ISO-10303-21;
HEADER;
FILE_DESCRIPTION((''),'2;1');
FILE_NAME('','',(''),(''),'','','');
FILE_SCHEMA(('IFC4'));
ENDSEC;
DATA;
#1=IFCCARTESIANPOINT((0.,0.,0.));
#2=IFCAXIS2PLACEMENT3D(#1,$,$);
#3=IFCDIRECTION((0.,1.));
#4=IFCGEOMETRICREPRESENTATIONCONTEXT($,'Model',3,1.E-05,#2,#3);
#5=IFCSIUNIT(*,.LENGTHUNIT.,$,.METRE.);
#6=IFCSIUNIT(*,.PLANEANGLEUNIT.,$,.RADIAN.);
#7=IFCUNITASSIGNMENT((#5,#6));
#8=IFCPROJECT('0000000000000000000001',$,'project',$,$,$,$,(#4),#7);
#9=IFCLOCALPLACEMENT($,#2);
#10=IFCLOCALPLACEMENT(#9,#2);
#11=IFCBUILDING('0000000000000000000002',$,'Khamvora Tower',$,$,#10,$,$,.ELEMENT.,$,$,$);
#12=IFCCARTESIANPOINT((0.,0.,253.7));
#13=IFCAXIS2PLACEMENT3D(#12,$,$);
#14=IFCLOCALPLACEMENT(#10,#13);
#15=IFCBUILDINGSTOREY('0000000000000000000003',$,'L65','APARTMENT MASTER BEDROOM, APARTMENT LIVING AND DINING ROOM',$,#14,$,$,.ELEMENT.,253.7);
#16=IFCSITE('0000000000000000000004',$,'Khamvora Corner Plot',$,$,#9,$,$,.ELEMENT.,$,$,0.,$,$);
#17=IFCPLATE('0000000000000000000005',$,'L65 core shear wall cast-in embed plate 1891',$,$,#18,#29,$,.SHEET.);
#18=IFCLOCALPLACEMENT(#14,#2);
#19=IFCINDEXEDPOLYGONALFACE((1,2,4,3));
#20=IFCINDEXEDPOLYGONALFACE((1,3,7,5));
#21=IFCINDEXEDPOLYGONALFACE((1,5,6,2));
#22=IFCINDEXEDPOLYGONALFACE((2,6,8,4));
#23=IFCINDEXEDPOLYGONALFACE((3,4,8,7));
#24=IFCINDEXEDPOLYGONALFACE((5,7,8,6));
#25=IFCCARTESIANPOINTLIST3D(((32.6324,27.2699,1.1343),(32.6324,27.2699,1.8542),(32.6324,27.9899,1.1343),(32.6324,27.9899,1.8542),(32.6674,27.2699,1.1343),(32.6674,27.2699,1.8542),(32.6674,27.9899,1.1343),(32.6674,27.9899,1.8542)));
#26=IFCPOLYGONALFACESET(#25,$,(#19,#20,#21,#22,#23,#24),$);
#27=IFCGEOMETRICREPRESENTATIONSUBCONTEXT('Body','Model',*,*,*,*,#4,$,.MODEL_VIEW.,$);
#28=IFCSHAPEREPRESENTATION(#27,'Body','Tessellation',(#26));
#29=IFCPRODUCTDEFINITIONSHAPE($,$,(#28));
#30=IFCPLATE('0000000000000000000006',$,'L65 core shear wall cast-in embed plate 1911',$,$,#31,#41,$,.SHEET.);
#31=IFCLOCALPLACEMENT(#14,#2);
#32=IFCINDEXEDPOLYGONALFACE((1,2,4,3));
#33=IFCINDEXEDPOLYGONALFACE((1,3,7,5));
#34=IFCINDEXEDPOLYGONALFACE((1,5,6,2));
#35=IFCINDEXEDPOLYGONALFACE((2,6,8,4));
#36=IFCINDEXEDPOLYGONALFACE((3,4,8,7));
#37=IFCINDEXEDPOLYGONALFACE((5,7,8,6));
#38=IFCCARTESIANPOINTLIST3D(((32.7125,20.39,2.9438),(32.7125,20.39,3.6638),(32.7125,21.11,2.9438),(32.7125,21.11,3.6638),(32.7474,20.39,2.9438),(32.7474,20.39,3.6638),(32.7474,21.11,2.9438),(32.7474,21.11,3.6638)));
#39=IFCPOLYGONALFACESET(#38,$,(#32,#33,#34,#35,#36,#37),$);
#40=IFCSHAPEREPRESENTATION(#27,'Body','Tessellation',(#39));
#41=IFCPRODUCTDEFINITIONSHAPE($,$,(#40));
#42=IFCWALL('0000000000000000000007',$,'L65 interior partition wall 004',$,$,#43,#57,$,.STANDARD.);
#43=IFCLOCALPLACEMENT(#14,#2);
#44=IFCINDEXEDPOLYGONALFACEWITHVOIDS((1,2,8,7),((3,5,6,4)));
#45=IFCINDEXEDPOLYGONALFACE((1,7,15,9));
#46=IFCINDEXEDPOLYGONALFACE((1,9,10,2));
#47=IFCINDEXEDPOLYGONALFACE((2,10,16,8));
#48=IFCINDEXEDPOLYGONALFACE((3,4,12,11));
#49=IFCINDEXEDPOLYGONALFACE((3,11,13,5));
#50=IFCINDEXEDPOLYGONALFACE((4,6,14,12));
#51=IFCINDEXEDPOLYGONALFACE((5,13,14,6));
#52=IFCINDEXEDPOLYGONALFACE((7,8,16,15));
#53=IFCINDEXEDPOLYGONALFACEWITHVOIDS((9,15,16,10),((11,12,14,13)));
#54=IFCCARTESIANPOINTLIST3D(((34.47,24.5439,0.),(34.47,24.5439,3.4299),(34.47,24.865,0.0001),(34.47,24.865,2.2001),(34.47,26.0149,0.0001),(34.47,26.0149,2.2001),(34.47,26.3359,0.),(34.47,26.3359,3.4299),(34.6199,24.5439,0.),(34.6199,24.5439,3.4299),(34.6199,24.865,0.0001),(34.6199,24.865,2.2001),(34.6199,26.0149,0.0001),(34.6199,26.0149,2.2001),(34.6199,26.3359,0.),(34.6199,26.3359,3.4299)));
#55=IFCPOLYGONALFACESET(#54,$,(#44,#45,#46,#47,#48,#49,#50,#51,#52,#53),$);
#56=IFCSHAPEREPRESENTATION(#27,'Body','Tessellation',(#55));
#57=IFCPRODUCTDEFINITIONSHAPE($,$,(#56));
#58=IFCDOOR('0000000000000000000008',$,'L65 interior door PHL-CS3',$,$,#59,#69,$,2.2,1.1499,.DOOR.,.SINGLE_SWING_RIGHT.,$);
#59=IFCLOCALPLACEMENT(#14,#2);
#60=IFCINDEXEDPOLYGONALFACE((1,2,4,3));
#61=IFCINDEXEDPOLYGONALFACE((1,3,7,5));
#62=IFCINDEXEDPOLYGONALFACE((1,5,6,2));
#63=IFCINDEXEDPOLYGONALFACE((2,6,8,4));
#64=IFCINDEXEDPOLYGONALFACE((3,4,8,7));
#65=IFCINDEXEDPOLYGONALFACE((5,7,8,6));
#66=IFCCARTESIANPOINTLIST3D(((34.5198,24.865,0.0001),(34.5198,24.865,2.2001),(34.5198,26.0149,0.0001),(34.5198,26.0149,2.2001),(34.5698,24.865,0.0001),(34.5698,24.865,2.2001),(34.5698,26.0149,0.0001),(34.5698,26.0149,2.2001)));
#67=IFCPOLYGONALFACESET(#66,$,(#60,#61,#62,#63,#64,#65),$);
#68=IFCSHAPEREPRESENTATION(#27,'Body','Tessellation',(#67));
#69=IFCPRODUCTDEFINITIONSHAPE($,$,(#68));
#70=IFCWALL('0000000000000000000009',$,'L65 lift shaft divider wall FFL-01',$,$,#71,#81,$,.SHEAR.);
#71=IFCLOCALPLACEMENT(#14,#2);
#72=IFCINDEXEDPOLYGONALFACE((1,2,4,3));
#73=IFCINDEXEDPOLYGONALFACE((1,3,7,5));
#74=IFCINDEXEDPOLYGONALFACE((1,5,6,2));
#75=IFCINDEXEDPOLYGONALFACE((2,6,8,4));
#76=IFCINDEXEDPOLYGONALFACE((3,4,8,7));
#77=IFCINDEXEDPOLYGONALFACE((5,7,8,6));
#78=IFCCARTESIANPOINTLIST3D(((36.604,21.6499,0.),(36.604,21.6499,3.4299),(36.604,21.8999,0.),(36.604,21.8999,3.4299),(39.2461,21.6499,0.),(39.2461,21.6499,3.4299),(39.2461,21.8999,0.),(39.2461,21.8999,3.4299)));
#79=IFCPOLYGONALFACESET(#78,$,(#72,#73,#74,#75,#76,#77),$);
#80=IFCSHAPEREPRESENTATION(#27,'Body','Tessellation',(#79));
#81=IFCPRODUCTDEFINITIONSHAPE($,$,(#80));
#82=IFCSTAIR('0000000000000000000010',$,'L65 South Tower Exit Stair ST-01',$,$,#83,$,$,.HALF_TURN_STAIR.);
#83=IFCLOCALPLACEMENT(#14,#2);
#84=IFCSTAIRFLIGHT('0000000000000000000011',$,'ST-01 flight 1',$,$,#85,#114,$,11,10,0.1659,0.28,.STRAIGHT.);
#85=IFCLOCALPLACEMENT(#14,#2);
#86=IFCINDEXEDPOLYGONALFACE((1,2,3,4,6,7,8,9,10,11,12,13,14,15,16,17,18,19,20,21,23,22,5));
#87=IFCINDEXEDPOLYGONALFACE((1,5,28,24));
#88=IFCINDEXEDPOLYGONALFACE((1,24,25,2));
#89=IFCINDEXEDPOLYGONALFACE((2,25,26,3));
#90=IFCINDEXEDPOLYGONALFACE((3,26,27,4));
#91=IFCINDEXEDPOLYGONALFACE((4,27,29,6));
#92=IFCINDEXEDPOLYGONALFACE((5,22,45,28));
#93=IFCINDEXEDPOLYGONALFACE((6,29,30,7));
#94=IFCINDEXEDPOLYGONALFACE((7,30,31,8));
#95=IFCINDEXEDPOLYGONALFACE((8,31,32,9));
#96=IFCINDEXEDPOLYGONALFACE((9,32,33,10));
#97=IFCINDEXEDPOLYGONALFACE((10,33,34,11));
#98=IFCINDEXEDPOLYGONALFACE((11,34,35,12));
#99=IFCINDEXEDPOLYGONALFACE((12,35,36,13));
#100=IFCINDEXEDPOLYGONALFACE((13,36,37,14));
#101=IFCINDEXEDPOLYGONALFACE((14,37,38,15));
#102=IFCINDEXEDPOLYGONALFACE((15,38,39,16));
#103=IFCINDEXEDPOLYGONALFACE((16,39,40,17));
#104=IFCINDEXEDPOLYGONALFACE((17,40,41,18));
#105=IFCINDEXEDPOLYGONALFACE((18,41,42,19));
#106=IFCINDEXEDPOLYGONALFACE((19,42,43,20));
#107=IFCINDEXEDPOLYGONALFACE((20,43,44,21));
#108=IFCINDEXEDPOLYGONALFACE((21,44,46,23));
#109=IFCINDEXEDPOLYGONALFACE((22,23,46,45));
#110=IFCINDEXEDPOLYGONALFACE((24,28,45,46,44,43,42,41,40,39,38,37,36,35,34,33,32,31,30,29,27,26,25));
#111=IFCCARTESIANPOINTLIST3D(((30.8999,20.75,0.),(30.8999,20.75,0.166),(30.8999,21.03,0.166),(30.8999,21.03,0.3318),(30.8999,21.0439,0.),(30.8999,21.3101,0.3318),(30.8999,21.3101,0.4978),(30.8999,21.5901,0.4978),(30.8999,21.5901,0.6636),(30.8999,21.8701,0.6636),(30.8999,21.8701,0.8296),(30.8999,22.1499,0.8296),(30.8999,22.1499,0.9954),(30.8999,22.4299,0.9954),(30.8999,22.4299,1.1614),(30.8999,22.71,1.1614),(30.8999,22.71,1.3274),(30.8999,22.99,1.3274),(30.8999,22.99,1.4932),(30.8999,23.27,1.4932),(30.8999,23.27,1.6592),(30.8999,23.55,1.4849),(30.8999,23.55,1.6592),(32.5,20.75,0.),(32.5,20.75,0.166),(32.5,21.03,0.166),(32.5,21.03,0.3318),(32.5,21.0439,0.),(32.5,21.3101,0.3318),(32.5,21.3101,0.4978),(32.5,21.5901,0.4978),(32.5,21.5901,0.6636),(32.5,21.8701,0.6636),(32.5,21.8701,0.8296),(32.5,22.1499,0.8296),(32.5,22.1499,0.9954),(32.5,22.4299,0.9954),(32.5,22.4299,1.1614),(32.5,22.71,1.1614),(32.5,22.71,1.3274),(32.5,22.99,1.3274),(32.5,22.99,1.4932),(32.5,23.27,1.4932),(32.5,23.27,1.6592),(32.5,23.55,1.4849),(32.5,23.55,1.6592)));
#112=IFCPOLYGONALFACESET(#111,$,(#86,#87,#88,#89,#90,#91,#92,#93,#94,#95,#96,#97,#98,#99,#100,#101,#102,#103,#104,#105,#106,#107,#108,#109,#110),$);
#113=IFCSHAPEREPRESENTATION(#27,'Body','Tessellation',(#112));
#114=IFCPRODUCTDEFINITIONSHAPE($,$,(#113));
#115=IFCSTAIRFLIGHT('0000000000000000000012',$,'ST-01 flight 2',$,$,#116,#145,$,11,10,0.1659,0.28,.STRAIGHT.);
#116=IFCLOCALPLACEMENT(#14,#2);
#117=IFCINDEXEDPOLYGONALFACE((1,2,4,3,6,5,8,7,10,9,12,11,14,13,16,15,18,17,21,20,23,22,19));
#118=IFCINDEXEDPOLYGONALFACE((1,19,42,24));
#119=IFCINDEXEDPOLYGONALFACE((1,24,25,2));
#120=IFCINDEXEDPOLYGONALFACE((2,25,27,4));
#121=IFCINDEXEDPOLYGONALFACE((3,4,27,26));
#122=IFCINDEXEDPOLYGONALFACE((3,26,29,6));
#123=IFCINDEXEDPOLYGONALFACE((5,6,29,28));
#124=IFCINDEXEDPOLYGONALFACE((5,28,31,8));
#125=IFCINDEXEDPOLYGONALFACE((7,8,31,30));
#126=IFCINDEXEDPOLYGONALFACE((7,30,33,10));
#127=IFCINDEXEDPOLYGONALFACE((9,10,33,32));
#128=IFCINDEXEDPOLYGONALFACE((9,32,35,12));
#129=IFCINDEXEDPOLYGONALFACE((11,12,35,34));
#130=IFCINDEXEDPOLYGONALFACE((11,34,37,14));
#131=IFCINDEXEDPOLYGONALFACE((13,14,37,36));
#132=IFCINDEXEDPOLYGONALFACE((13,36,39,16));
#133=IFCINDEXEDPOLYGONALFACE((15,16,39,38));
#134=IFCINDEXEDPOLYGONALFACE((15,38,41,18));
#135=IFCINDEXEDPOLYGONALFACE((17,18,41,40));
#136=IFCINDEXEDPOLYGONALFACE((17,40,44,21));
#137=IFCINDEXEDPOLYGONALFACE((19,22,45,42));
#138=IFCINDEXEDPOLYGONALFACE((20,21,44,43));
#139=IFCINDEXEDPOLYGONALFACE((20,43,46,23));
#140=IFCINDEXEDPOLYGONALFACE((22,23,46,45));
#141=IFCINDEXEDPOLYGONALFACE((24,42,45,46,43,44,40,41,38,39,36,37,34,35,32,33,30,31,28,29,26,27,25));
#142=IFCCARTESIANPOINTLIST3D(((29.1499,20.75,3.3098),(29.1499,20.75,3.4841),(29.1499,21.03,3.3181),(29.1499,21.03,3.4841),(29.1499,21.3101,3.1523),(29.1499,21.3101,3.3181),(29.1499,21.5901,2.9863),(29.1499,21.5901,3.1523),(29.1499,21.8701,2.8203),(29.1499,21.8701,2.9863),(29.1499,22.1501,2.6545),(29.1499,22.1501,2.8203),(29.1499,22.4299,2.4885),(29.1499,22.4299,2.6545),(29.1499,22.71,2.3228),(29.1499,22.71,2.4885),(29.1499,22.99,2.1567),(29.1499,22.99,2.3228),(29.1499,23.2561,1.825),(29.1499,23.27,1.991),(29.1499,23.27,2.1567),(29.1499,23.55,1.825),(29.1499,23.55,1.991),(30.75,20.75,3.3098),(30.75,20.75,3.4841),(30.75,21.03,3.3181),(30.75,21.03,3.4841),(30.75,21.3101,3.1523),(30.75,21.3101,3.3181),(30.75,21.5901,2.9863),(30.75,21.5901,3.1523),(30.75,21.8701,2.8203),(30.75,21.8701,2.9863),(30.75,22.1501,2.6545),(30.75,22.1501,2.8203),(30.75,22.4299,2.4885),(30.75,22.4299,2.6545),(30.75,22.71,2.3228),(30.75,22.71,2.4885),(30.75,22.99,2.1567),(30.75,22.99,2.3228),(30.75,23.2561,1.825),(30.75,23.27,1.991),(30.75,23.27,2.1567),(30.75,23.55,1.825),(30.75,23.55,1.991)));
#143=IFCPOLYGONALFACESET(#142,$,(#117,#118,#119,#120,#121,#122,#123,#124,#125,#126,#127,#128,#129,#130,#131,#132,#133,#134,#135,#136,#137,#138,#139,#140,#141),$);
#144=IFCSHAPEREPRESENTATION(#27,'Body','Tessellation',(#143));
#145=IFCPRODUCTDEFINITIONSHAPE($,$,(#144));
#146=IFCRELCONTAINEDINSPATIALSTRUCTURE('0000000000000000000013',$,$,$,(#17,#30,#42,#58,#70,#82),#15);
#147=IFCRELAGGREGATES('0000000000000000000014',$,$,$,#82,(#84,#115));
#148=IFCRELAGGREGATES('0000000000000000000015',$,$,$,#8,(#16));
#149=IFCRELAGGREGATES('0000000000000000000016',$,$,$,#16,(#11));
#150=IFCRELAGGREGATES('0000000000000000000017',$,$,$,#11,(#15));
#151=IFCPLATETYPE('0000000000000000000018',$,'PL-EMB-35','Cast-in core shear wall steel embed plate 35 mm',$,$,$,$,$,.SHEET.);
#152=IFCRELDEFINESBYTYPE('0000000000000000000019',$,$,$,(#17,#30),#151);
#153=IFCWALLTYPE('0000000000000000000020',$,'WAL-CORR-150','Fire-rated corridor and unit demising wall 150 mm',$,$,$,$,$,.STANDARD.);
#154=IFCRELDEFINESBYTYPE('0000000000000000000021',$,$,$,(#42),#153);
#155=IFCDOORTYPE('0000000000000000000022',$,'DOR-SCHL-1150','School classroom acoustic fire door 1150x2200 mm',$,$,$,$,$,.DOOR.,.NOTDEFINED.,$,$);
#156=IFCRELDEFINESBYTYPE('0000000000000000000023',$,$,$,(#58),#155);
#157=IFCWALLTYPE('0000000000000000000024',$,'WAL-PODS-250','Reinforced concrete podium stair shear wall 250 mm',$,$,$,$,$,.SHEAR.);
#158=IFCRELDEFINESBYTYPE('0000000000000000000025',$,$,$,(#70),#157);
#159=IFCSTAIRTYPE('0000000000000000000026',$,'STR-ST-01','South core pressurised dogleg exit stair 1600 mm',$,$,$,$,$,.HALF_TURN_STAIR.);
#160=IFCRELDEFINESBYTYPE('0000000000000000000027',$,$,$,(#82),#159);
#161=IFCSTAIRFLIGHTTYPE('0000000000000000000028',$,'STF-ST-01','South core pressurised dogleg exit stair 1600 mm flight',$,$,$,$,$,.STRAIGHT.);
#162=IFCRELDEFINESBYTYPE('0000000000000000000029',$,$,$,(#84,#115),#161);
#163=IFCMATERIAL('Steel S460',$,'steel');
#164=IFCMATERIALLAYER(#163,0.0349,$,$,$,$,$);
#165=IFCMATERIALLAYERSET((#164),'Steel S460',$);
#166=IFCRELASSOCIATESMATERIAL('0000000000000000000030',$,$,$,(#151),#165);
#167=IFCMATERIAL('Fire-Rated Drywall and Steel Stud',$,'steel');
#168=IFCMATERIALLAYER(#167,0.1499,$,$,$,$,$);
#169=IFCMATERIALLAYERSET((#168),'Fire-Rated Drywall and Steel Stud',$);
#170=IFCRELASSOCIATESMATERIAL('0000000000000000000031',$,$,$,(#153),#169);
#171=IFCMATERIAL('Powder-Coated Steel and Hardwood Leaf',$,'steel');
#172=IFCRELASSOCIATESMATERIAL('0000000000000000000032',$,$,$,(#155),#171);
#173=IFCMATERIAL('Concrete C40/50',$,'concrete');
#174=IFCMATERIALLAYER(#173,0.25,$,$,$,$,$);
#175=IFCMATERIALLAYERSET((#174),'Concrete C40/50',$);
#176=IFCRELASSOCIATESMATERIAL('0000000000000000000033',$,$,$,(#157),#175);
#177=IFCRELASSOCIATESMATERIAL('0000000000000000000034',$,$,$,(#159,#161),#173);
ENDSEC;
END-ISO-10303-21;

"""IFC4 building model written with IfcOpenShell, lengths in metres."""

from ifc_helpers import new_model, si_unit, direction, frame, frame_2d, origin, origin_2d, place, context, subcontext, project, spatial, polyline, rectangle, outline, extrude, material, layer, layer_set, type_object, element, fill, aggregate, save


model = new_model("IFC4")

# Units and contexts
model_context = context("Model", 3, precision=1e-05, world=origin(), true_north=direction((0.0, 1.0)))
body_context = subcontext(model_context, "Body", "Model", "MODEL_VIEW")
ifc_project = project(units=[si_unit("LENGTHUNIT", "METRE"), si_unit("PLANEANGLEUNIT", "RADIAN")], contexts=[model_context])

# Site, building, storey
site_placement = place(None, origin())
site = spatial("IfcSite", under=ifc_project, at=site_placement, Name="Khamvora Corner Plot", CompositionType="ELEMENT", RefElevation=0.0)
building_placement = place(site_placement, origin())
building = spatial("IfcBuilding", under=site, at=building_placement, Name="Khamvora Tower", CompositionType="ELEMENT")
storey_placement = place(building_placement, frame((0.0, 0.0, 253.7)))
storey = spatial("IfcBuildingStorey", under=building, at=storey_placement, Name="L65", Description="APARTMENT MASTER BEDROOM, APARTMENT LIVING AND DINING ROOM", CompositionType="ELEMENT", Elevation=253.7)

# Plates
ifc_material_1 = material(Name="Steel S460", Category="steel")
ifc_layer_1 = layer(ifc_material_1, 0.0349)
ifc_layer_set_1 = layer_set([ifc_layer_1], Name="Steel S460")
plate_type = type_object("IfcPlateType", Name="PL-EMB-35", Description="Cast-in core shear wall steel embed plate 35 mm", PredefinedType="SHEET", material=ifc_layer_set_1)
for number, where, z_axis, x_axis, name in (
    (1, (32.6499, 27.6299, 1.1343), (0.0, 0.0, 1.0), (1.0, 0.0, 0.0), "L65 core shear wall cast-in embed plate 1891"),
    (2, (32.73, 20.75, 2.9438), (0.0, 0.0, 1.0), (1.0, 0.0, 0.0), "L65 core shear wall cast-in embed plate 1911"),
):
    element("IfcPlate", number, at=place(storey_placement, frame(where, z_axis=z_axis, x_axis=x_axis)), inside=storey, type_object=plate_type, Name=name, PredefinedType="SHEET", context=body_context, shape_type="SweptSolid", body=[
        extrude(rectangle(XDim=0.0349, YDim=0.72, at=origin_2d()), origin(), (0.0, 0.0, 1.0), 0.72),
    ])

# Wall, opening, door
ifc_material_2 = material(Name="Powder-Coated Steel and Hardwood Leaf", Category="steel")
ifc_material_3 = material(Name="Fire-Rated Drywall and Steel Stud", Category="steel")
ifc_layer_2 = layer(ifc_material_3, 0.1499)
ifc_layer_set_2 = layer_set([ifc_layer_2], Name="Fire-Rated Drywall and Steel Stud")
wall_type_1 = type_object("IfcWallType", Name="WAL-CORR-150", Description="Fire-rated corridor and unit demising wall 150 mm", PredefinedType="STANDARD", material=ifc_layer_set_2)
wall_1_placement = place(storey_placement, frame((34.5449, 26.3359, 0.0), z_axis=(0.0, 0.0, 1.0), x_axis=(0.0, -1.0, 0.0)))
wall_1 = element("IfcWall", 3, at=wall_1_placement, inside=storey, type_object=wall_type_1, Name="L65 interior partition wall 004", PredefinedType="STANDARD", context=body_context, shape_type="SweptSolid", body=[
    extrude(rectangle(XDim=1.792, YDim=0.1499, at=frame_2d((0.896, 0.0))), origin(), (0.0, 0.0, 1.0), 3.4299),
])
opening_1_placement = place(wall_1_placement, frame((0.321, 0.0, 0.0)))
opening_1 = element("IfcOpeningElement", 4, at=opening_1_placement, cuts=wall_1, PredefinedType="OPENING", context=body_context, shape_type="SweptSolid", body=[
    extrude(rectangle(XDim=1.1499, YDim=2.2, at=frame_2d((0.575, 1.1001))), frame((0.0, 0.085, 0.0), z_axis=(0.0, -1.0, 0.0), x_axis=(1.0, 0.0, 0.0)), (0.0, 0.0, 1.0), 0.1699),
])
door_type_1 = type_object("IfcDoorType", Name="DOR-SCHL-1150", Description="School classroom acoustic fire door 1150x2200 mm", OperationType="NOTDEFINED", PredefinedType="DOOR", material=ifc_material_2)
door_1_placement = place(opening_1_placement, origin())
door_1 = element("IfcDoor", 5, at=door_1_placement, inside=storey, type_object=door_type_1, Name="L65 interior door PHL-CS3", OperationType="SINGLE_SWING_RIGHT", OverallHeight=2.2, OverallWidth=1.1499, PredefinedType="DOOR", context=body_context, shape_type="SweptSolid", body=[
    extrude(rectangle(XDim=1.1499, YDim=2.2, at=frame_2d((0.575, 1.1001))), frame((0.0, 0.0249, 0.0), z_axis=(0.0, -1.0, 0.0), x_axis=(1.0, 0.0, 0.0)), (0.0, 0.0, 1.0), 0.05),
])
fill(opening_1, door_1)

# Wall
ifc_material_4 = material(Name="Concrete C40/50", Category="concrete")
ifc_layer_3 = layer(ifc_material_4, 0.25)
ifc_layer_set_3 = layer_set([ifc_layer_3], Name="Concrete C40/50")
wall_type_2 = type_object("IfcWallType", Name="WAL-PODS-250", Description="Reinforced concrete podium stair shear wall 250 mm", PredefinedType="SHEAR", material=ifc_layer_set_3)
wall_2_placement = place(storey_placement, frame((36.604, 21.7749, 0.0), z_axis=(0.0, 0.0, 1.0), x_axis=(1.0, 0.0, 0.0)))
element("IfcWall", 6, at=wall_2_placement, inside=storey, type_object=wall_type_2, Name="L65 lift shaft divider wall FFL-01", PredefinedType="SHEAR", context=body_context, shape_type="SweptSolid", body=[
    extrude(rectangle(XDim=2.6421, YDim=0.25, at=frame_2d((1.321, 0.0))), origin(), (0.0, 0.0, 1.0), 3.4299),
])

# Stair, stair flights
stair_type = type_object("IfcStairType", Name="STR-ST-01", Description="South core pressurised dogleg exit stair 1600 mm", PredefinedType="HALF_TURN_STAIR", material=ifc_material_4)
stair_placement = place(storey_placement, origin())
stair = element("IfcStair", 7, at=stair_placement, inside=storey, type_object=stair_type, Name="L65 South Tower Exit Stair ST-01", PredefinedType="HALF_TURN_STAIR")
stair_flight_type = type_object("IfcStairFlightType", Name="STF-ST-01", Description="South core pressurised dogleg exit stair 1600 mm flight", PredefinedType="STRAIGHT", material=ifc_material_4)
stair_flight_1_placement = place(storey_placement, frame((31.7, 20.75, 0.0), z_axis=(0.0, 0.0, 1.0), x_axis=(0.0, 1.0, 0.0)))
stair_flight_1 = element("IfcStairFlight", 8, at=stair_flight_1_placement, type_object=stair_flight_type, Name="ST-01 flight 1", NumberOfRisers=11, NumberOfTreads=10, PredefinedType="STRAIGHT", RiserHeight=0.1659, TreadLength=0.28, context=body_context, shape_type="SweptSolid", body=[
    extrude(outline(polyline([(0.0, 0.0), (0.0, 0.166), (0.28, 0.166), (0.28, 0.3318), (0.5601, 0.3318), (0.5601, 0.4978), (0.8401, 0.4978), (0.8401, 0.6636), (1.1201, 0.6636), (1.1201, 0.8296), (1.3999, 0.8296), (1.3999, 0.9954), (1.6799, 0.9954), (1.6799, 1.1614), (1.96, 1.1614), (1.96, 1.3274), (2.24, 1.3274), (2.24, 1.4932), (2.52, 1.4932), (2.52, 1.6592), (2.8, 1.6592), (2.8, 1.825), (2.8, 1.4849), (0.2939, 0.0), (0.0, 0.0)])), frame((0.0, 0.8, 0.0), z_axis=(0.0, -1.0, 0.0), x_axis=(1.0, 0.0, 0.0)), (0.0, 0.0, 1.0), 1.6001),
])
stair_flight_2_placement = place(storey_placement, frame((29.95, 23.55, 1.825), z_axis=(0.0, 0.0, 1.0), x_axis=(0.0, -1.0, 0.0)))
stair_flight_2 = element("IfcStairFlight", 9, at=stair_flight_2_placement, type_object=stair_flight_type, Name="ST-01 flight 2", NumberOfRisers=11, NumberOfTreads=10, PredefinedType="STRAIGHT", RiserHeight=0.1659, TreadLength=0.28, context=body_context, shape_type="SweptSolid", body=[
    extrude(outline(polyline([(0.0, 0.0), (0.0, 0.166), (0.28, 0.166), (0.28, 0.3318), (0.5601, 0.3318), (0.5601, 0.4978), (0.8401, 0.4978), (0.8401, 0.6636), (1.1201, 0.6636), (1.1201, 0.8296), (1.3999, 0.8296), (1.3999, 0.9954), (1.6799, 0.9954), (1.6799, 1.1614), (1.96, 1.1614), (1.96, 1.3274), (2.24, 1.3274), (2.24, 1.4932), (2.52, 1.4932), (2.52, 1.6592), (2.8, 1.6592), (2.8, 1.825), (2.8, 1.4849), (0.2939, 0.0), (0.0, 0.0)])), frame((0.0, 0.8, 0.0), z_axis=(0.0, -1.0, 0.0), x_axis=(1.0, 0.0, 0.0)), (0.0, 0.0, 1.0), 1.6001),
])
aggregate(stair, [stair_flight_1, stair_flight_2])

save(model, "model.ifc")
